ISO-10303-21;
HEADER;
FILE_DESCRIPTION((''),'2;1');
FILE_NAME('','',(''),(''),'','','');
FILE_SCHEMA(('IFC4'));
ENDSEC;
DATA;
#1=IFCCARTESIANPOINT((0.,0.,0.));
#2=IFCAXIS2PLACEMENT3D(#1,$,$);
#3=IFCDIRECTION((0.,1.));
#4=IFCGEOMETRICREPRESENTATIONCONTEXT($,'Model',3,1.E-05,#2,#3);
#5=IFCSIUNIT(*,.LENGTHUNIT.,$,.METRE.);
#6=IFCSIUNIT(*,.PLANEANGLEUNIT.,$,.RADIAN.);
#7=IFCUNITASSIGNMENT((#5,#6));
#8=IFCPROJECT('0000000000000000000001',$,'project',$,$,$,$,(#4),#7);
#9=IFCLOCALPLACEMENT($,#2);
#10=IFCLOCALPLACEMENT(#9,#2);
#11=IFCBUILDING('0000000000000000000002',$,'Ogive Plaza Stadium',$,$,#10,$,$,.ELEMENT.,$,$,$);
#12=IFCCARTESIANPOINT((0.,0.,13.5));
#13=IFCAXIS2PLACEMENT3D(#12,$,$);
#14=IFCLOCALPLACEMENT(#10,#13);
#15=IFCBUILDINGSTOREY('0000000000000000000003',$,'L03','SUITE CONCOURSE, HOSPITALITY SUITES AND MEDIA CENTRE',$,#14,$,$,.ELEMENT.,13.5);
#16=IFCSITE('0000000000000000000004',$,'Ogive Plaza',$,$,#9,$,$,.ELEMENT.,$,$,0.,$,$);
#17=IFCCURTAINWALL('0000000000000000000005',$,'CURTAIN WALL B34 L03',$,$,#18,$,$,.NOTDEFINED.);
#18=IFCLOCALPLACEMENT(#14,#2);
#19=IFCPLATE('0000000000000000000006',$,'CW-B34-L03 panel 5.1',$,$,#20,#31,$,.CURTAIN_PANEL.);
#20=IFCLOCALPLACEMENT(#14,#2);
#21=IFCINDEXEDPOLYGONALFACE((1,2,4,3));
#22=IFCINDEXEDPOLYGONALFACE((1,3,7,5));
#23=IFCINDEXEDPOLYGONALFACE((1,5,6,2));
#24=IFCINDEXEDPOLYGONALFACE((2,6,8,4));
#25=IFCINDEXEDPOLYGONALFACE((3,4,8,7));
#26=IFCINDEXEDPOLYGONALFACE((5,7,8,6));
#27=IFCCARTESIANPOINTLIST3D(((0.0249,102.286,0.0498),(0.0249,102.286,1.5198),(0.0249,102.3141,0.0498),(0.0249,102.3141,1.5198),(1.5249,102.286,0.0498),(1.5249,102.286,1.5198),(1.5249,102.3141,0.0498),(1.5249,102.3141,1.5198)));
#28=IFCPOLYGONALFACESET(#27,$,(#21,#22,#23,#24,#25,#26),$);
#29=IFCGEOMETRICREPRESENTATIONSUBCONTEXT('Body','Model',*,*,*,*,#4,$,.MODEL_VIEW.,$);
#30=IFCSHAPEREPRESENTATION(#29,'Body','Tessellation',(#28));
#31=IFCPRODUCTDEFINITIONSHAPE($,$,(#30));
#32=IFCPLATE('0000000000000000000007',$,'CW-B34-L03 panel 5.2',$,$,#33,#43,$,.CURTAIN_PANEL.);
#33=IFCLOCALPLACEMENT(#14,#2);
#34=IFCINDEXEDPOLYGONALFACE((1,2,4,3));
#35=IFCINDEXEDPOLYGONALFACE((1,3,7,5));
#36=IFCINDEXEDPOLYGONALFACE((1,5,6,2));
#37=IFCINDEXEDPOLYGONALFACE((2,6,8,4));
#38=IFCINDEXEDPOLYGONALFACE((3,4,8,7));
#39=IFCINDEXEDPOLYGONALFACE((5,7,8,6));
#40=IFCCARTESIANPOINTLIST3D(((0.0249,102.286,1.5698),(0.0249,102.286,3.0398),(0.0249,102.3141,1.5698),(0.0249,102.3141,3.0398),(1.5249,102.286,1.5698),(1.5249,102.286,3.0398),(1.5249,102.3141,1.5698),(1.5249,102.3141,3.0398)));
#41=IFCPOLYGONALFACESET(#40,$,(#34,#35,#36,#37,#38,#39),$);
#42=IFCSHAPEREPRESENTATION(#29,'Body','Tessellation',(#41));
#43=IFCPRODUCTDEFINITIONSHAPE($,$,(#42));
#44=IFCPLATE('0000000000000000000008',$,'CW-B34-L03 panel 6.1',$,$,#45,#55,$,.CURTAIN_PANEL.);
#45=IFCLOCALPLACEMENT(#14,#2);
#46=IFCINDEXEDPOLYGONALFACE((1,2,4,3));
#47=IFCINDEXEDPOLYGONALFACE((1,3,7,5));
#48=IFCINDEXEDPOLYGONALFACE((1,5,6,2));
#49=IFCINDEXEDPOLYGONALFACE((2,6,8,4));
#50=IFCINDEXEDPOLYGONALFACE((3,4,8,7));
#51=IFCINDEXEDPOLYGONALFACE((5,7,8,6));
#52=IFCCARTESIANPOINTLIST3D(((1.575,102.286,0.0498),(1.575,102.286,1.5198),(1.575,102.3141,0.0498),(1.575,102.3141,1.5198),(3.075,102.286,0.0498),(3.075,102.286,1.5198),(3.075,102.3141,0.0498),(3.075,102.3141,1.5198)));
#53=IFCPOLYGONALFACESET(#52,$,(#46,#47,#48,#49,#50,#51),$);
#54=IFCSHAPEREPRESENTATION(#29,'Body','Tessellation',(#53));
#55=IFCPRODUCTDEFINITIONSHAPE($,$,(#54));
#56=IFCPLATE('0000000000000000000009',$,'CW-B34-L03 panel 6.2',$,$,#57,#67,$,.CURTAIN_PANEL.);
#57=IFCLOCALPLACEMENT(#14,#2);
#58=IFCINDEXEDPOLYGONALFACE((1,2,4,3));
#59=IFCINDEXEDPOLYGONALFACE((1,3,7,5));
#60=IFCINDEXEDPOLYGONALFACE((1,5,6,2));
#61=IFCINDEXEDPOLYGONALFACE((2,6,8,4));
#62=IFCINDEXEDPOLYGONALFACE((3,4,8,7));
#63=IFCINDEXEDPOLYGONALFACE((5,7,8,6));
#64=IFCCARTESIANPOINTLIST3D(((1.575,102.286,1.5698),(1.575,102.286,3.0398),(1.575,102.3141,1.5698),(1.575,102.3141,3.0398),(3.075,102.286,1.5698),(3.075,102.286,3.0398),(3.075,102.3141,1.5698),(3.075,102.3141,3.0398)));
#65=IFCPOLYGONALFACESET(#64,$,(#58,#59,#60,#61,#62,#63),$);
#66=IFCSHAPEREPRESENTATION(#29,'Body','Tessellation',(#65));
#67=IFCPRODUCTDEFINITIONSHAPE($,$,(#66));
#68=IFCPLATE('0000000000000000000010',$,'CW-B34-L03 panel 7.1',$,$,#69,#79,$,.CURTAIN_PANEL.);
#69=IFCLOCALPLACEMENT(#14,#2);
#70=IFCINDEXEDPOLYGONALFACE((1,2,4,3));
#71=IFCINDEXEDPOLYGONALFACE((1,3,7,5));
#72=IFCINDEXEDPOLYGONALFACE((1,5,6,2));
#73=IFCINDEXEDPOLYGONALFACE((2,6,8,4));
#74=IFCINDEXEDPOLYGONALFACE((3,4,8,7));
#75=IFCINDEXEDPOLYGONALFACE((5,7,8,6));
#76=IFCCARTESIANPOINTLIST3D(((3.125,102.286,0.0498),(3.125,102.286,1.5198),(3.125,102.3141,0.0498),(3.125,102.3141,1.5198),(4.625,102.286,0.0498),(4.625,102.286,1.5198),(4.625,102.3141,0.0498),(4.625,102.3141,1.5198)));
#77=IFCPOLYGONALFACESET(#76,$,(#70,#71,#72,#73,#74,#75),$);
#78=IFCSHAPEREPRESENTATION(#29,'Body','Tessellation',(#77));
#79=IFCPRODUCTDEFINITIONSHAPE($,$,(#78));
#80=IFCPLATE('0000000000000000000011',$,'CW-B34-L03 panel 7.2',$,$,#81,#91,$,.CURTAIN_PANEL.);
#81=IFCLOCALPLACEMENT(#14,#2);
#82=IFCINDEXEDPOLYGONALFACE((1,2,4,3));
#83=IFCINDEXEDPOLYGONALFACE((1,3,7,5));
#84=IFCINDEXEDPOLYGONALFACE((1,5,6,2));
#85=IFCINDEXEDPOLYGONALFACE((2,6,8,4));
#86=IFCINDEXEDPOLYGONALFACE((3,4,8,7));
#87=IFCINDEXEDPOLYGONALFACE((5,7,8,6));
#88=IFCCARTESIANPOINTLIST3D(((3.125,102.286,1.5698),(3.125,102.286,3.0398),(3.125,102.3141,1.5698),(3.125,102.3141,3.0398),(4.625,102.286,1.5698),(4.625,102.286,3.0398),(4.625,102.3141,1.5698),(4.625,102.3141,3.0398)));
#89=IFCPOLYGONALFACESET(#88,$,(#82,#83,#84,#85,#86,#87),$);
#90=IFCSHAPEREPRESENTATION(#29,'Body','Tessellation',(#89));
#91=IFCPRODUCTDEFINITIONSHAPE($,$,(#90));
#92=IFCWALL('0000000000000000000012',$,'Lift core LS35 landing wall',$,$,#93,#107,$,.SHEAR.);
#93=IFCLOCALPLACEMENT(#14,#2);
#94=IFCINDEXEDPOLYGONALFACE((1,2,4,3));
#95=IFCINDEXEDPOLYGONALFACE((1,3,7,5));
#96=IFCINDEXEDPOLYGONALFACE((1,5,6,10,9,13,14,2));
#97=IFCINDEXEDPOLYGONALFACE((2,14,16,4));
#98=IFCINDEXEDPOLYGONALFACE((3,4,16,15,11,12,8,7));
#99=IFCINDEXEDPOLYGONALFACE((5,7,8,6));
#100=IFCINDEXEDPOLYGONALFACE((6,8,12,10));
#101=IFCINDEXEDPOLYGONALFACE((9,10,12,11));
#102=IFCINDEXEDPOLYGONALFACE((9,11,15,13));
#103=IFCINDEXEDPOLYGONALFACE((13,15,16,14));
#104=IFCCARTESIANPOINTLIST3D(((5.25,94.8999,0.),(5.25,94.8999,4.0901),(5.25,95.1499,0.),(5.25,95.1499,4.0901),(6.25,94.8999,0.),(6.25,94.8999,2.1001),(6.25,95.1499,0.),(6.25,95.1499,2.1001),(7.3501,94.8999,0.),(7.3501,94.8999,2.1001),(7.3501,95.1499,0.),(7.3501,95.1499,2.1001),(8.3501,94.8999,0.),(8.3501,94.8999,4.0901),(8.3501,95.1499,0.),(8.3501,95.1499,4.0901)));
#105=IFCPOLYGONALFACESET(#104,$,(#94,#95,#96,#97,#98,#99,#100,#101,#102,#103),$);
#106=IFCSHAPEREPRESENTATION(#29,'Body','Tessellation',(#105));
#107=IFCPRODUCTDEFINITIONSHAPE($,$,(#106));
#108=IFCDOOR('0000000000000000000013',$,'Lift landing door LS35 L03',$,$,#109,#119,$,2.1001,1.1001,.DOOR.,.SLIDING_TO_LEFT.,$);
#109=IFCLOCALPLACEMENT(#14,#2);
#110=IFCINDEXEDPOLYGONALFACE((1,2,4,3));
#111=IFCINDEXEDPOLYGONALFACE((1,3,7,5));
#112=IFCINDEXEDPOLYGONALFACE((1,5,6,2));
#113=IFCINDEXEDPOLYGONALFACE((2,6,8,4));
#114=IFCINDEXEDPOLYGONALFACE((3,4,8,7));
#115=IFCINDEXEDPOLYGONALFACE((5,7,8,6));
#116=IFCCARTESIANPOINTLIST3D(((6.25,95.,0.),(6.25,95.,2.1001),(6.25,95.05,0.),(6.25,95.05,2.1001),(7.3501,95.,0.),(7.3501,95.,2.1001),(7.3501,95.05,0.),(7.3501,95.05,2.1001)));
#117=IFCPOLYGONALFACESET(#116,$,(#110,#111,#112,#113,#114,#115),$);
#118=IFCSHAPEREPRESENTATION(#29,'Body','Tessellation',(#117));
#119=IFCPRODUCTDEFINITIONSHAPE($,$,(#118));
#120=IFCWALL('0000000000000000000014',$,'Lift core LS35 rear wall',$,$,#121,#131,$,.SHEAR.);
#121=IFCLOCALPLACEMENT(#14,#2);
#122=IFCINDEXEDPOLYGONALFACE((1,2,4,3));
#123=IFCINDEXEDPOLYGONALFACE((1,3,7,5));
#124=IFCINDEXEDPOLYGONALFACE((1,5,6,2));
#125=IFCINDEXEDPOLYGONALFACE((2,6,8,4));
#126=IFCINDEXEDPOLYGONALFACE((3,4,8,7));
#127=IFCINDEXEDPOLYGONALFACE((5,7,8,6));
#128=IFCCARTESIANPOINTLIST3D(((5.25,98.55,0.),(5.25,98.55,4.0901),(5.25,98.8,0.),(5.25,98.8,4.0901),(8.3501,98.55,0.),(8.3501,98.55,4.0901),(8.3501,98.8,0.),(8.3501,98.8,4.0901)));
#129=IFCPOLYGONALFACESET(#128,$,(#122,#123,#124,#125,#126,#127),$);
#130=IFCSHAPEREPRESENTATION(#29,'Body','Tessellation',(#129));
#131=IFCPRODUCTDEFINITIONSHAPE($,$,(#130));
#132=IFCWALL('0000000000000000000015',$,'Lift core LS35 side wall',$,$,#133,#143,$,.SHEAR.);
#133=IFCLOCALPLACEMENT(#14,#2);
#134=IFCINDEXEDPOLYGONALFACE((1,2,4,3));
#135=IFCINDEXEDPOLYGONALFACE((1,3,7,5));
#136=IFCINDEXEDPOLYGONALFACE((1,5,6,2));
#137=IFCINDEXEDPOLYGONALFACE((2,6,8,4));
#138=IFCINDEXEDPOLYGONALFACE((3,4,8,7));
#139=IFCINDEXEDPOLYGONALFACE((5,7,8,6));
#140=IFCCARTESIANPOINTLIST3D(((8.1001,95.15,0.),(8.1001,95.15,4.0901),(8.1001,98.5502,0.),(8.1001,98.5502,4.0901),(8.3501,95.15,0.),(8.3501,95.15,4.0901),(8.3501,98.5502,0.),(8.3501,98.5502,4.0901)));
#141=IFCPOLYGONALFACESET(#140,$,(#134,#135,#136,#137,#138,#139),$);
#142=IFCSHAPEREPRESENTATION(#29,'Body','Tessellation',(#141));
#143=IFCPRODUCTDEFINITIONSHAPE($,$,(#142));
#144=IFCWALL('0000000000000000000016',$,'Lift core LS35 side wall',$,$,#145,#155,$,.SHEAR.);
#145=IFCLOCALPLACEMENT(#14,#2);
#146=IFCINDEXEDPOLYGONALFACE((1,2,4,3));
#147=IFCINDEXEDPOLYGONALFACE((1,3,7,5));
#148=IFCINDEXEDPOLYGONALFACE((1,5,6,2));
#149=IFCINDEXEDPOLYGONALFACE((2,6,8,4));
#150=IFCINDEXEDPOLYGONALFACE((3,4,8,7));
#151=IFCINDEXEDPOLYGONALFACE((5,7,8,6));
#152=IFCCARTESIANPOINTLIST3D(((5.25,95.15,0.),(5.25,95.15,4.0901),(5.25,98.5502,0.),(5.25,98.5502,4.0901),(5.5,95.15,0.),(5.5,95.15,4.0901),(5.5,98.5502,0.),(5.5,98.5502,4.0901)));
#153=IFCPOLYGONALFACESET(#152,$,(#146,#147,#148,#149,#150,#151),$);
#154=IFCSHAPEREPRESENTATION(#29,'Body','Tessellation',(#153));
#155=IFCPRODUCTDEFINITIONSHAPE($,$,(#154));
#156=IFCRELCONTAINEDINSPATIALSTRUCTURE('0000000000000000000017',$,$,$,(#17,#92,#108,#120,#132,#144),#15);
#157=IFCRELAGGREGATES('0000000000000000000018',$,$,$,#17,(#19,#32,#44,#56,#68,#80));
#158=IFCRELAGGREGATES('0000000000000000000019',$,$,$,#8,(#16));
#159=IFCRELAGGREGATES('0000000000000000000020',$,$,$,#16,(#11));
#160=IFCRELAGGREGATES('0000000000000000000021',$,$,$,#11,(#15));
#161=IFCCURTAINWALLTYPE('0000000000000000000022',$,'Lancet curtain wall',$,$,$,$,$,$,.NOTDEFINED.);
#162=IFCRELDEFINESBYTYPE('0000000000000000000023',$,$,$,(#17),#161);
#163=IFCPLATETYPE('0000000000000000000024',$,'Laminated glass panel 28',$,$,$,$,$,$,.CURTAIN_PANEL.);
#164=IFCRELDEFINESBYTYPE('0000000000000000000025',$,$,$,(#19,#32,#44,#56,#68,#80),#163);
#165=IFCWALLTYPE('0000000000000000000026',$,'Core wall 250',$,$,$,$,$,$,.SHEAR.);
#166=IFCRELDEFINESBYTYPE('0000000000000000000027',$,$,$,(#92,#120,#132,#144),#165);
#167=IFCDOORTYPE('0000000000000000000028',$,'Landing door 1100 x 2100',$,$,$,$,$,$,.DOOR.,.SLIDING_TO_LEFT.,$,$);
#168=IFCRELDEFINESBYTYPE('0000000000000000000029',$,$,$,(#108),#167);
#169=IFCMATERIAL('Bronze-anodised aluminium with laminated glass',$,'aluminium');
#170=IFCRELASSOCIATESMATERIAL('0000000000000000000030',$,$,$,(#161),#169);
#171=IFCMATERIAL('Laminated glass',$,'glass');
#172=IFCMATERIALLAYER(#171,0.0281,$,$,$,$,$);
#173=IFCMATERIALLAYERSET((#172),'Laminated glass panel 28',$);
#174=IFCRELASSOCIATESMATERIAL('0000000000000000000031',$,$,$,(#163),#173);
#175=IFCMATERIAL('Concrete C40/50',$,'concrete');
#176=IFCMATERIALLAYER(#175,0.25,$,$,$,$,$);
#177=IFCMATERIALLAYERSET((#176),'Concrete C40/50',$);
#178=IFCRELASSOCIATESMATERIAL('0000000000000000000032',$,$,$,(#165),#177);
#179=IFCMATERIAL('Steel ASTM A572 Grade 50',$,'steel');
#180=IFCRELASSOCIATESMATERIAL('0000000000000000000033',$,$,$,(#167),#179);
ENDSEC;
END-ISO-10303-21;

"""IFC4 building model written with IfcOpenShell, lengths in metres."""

from ifc_helpers import new_model, si_unit, direction, frame, frame_2d, origin, origin_2d, place, context, subcontext, project, spatial, rectangle, extrude, material, layer, layer_set, type_object, element, fill, aggregate, save


model = new_model("IFC4")

# Units and contexts
model_context = context("Model", 3, precision=1e-05, world=origin(), true_north=direction((0.0, 1.0)))
body_context = subcontext(model_context, "Body", "Model", "MODEL_VIEW")
ifc_project = project(units=[si_unit("LENGTHUNIT", "METRE"), si_unit("PLANEANGLEUNIT", "RADIAN")], contexts=[model_context])

# Site, building, storey
site_placement = place(None, origin())
site = spatial("IfcSite", under=ifc_project, at=site_placement, Name="Ogive Plaza", CompositionType="ELEMENT", RefElevation=0.0)
building_placement = place(site_placement, origin())
building = spatial("IfcBuilding", under=site, at=building_placement, Name="Ogive Plaza Stadium", CompositionType="ELEMENT")
storey_placement = place(building_placement, frame((0.0, 0.0, 13.5)))
storey = spatial("IfcBuildingStorey", under=building, at=storey_placement, Name="L03", Description="SUITE CONCOURSE, HOSPITALITY SUITES AND MEDIA CENTRE", CompositionType="ELEMENT", Elevation=13.5)

# Curtain wall, plates
ifc_material_1 = material(Name="Bronze-anodised aluminium with laminated glass", Category="aluminium")
curtain_wall_type = type_object("IfcCurtainWallType", Name="Lancet curtain wall", PredefinedType="NOTDEFINED", material=ifc_material_1)
curtain_wall_placement = place(storey_placement, origin())
curtain_wall = element("IfcCurtainWall", 1, at=curtain_wall_placement, inside=storey, type_object=curtain_wall_type, Name="CURTAIN WALL B34 L03", PredefinedType="NOTDEFINED")
ifc_material_2 = material(Name="Laminated glass", Category="glass")
ifc_layer_1 = layer(ifc_material_2, 0.0281)
ifc_layer_set_1 = layer_set([ifc_layer_1], Name="Laminated glass panel 28")
plate_type = type_object("IfcPlateType", Name="Laminated glass panel 28", PredefinedType="CURTAIN_PANEL", material=ifc_layer_set_1)
plate_1_placement = place(storey_placement, frame((0.7749, 102.3, 0.0498), z_axis=(0.0, 0.0, 1.0), x_axis=(1.0, 0.0, 0.0)))
plate_1 = element("IfcPlate", 2, at=plate_1_placement, type_object=plate_type, Name="CW-B34-L03 panel 5.1", PredefinedType="CURTAIN_PANEL", context=body_context, shape_type="SweptSolid", body=[
    extrude(rectangle(XDim=1.5, YDim=0.0281, at=origin_2d()), origin(), (0.0, 0.0, 1.0), 1.47),
])
plate_2_placement = place(storey_placement, frame((0.7749, 102.3, 1.5698), z_axis=(0.0, 0.0, 1.0), x_axis=(1.0, 0.0, 0.0)))
plate_2 = element("IfcPlate", 3, at=plate_2_placement, type_object=plate_type, Name="CW-B34-L03 panel 5.2", PredefinedType="CURTAIN_PANEL", context=body_context, shape_type="SweptSolid", body=[
    extrude(rectangle(XDim=1.5, YDim=0.0281, at=origin_2d()), origin(), (0.0, 0.0, 1.0), 1.47),
])
plate_3_placement = place(storey_placement, frame((2.325, 102.3, 0.0498), z_axis=(0.0, 0.0, 1.0), x_axis=(1.0, 0.0, 0.0)))
plate_3 = element("IfcPlate", 4, at=plate_3_placement, type_object=plate_type, Name="CW-B34-L03 panel 6.1", PredefinedType="CURTAIN_PANEL", context=body_context, shape_type="SweptSolid", body=[
    extrude(rectangle(XDim=1.5, YDim=0.0281, at=origin_2d()), origin(), (0.0, 0.0, 1.0), 1.47),
])
plate_4_placement = place(storey_placement, frame((2.325, 102.3, 1.5698), z_axis=(0.0, 0.0, 1.0), x_axis=(1.0, 0.0, 0.0)))
plate_4 = element("IfcPlate", 5, at=plate_4_placement, type_object=plate_type, Name="CW-B34-L03 panel 6.2", PredefinedType="CURTAIN_PANEL", context=body_context, shape_type="SweptSolid", body=[
    extrude(rectangle(XDim=1.5, YDim=0.0281, at=origin_2d()), origin(), (0.0, 0.0, 1.0), 1.47),
])
plate_5_placement = place(storey_placement, frame((3.875, 102.3, 0.0498), z_axis=(0.0, 0.0, 1.0), x_axis=(1.0, 0.0, 0.0)))
plate_5 = element("IfcPlate", 6, at=plate_5_placement, type_object=plate_type, Name="CW-B34-L03 panel 7.1", PredefinedType="CURTAIN_PANEL", context=body_context, shape_type="SweptSolid", body=[
    extrude(rectangle(XDim=1.5, YDim=0.0281, at=origin_2d()), origin(), (0.0, 0.0, 1.0), 1.47),
])
plate_6_placement = place(storey_placement, frame((3.875, 102.3, 1.5698), z_axis=(0.0, 0.0, 1.0), x_axis=(1.0, 0.0, 0.0)))
plate_6 = element("IfcPlate", 7, at=plate_6_placement, type_object=plate_type, Name="CW-B34-L03 panel 7.2", PredefinedType="CURTAIN_PANEL", context=body_context, shape_type="SweptSolid", body=[
    extrude(rectangle(XDim=1.5, YDim=0.0281, at=origin_2d()), origin(), (0.0, 0.0, 1.0), 1.47),
])
aggregate(curtain_wall, [plate_1, plate_2, plate_3, plate_4, plate_5, plate_6])

# Wall, opening, door
ifc_material_3 = material(Name="Concrete C40/50", Category="concrete")
ifc_layer_2 = layer(ifc_material_3, 0.25)
ifc_layer_set_2 = layer_set([ifc_layer_2], Name="Concrete C40/50")
wall_type = type_object("IfcWallType", Name="Core wall 250", PredefinedType="SHEAR", material=ifc_layer_set_2)
wall_1_placement = place(storey_placement, frame((8.3501, 95.0249, 0.0), z_axis=(0.0, 0.0, 1.0), x_axis=(-1.0, 0.0, 0.0)))
wall_1 = element("IfcWall", 8, at=wall_1_placement, inside=storey, type_object=wall_type, Name="Lift core LS35 landing wall", PredefinedType="SHEAR", context=body_context, shape_type="SweptSolid", body=[
    extrude(rectangle(XDim=3.1001, YDim=0.25, at=frame_2d((1.55, 0.0))), origin(), (0.0, 0.0, 1.0), 4.0901),
])
opening_placement = place(wall_1_placement, frame((1.0, 0.0, 0.0)))
opening = element("IfcOpeningElement", 9, at=opening_placement, cuts=wall_1, PredefinedType="OPENING", context=body_context, shape_type="SweptSolid", body=[
    extrude(rectangle(XDim=1.1001, YDim=2.1001, at=frame_2d((0.55, 1.05))), frame((0.0, 0.125, 0.0), z_axis=(0.0, -1.0, 0.0), x_axis=(1.0, 0.0, 0.0)), (0.0, 0.0, 1.0), 0.25),
])
ifc_material_4 = material(Name="Steel ASTM A572 Grade 50", Category="steel")
door_type = type_object("IfcDoorType", Name="Landing door 1100 x 2100", OperationType="SLIDING_TO_LEFT", PredefinedType="DOOR", material=ifc_material_4)
door_placement = place(opening_placement, origin())
door = element("IfcDoor", 10, at=door_placement, inside=storey, type_object=door_type, Name="Lift landing door LS35 L03", OperationType="SLIDING_TO_LEFT", OverallHeight=2.1001, OverallWidth=1.1001, PredefinedType="DOOR", context=body_context, shape_type="SweptSolid", body=[
    extrude(rectangle(XDim=1.1001, YDim=2.1001, at=frame_2d((0.55, 1.05))), frame((0.0, 0.0249, 0.0), z_axis=(0.0, -1.0, 0.0), x_axis=(1.0, 0.0, 0.0)), (0.0, 0.0, 1.0), 0.05),
])
fill(opening, door)

# Walls
wall_2_placement = place(storey_placement, frame((8.3501, 98.675, 0.0), z_axis=(0.0, 0.0, 1.0), x_axis=(-1.0, 0.0, 0.0)))
element("IfcWall", 11, at=wall_2_placement, inside=storey, type_object=wall_type, Name="Lift core LS35 rear wall", PredefinedType="SHEAR", context=body_context, shape_type="SweptSolid", body=[
    extrude(rectangle(XDim=3.1001, YDim=0.25, at=frame_2d((1.55, 0.0))), origin(), (0.0, 0.0, 1.0), 4.0901),
])
for number, where, z_axis, x_axis, name in (
    (12, (8.2251, 95.1499, 0.0), (0.0, 0.0, 1.0), (0.0, 1.0, 0.0), "Lift core LS35 side wall"),
    (13, (5.375, 95.1499, 0.0), (0.0, 0.0, 1.0), (0.0, 1.0, 0.0), "Lift core LS35 side wall"),
):
    element("IfcWall", number, at=place(storey_placement, frame(where, z_axis=z_axis, x_axis=x_axis)), inside=storey, type_object=wall_type, Name=name, PredefinedType="SHEAR", context=body_context, shape_type="SweptSolid", body=[
        extrude(rectangle(XDim=3.4001, YDim=0.25, at=frame_2d((1.7002, 0.0))), origin(), (0.0, 0.0, 1.0), 4.0901),
    ])

save(model, "model.ifc")
